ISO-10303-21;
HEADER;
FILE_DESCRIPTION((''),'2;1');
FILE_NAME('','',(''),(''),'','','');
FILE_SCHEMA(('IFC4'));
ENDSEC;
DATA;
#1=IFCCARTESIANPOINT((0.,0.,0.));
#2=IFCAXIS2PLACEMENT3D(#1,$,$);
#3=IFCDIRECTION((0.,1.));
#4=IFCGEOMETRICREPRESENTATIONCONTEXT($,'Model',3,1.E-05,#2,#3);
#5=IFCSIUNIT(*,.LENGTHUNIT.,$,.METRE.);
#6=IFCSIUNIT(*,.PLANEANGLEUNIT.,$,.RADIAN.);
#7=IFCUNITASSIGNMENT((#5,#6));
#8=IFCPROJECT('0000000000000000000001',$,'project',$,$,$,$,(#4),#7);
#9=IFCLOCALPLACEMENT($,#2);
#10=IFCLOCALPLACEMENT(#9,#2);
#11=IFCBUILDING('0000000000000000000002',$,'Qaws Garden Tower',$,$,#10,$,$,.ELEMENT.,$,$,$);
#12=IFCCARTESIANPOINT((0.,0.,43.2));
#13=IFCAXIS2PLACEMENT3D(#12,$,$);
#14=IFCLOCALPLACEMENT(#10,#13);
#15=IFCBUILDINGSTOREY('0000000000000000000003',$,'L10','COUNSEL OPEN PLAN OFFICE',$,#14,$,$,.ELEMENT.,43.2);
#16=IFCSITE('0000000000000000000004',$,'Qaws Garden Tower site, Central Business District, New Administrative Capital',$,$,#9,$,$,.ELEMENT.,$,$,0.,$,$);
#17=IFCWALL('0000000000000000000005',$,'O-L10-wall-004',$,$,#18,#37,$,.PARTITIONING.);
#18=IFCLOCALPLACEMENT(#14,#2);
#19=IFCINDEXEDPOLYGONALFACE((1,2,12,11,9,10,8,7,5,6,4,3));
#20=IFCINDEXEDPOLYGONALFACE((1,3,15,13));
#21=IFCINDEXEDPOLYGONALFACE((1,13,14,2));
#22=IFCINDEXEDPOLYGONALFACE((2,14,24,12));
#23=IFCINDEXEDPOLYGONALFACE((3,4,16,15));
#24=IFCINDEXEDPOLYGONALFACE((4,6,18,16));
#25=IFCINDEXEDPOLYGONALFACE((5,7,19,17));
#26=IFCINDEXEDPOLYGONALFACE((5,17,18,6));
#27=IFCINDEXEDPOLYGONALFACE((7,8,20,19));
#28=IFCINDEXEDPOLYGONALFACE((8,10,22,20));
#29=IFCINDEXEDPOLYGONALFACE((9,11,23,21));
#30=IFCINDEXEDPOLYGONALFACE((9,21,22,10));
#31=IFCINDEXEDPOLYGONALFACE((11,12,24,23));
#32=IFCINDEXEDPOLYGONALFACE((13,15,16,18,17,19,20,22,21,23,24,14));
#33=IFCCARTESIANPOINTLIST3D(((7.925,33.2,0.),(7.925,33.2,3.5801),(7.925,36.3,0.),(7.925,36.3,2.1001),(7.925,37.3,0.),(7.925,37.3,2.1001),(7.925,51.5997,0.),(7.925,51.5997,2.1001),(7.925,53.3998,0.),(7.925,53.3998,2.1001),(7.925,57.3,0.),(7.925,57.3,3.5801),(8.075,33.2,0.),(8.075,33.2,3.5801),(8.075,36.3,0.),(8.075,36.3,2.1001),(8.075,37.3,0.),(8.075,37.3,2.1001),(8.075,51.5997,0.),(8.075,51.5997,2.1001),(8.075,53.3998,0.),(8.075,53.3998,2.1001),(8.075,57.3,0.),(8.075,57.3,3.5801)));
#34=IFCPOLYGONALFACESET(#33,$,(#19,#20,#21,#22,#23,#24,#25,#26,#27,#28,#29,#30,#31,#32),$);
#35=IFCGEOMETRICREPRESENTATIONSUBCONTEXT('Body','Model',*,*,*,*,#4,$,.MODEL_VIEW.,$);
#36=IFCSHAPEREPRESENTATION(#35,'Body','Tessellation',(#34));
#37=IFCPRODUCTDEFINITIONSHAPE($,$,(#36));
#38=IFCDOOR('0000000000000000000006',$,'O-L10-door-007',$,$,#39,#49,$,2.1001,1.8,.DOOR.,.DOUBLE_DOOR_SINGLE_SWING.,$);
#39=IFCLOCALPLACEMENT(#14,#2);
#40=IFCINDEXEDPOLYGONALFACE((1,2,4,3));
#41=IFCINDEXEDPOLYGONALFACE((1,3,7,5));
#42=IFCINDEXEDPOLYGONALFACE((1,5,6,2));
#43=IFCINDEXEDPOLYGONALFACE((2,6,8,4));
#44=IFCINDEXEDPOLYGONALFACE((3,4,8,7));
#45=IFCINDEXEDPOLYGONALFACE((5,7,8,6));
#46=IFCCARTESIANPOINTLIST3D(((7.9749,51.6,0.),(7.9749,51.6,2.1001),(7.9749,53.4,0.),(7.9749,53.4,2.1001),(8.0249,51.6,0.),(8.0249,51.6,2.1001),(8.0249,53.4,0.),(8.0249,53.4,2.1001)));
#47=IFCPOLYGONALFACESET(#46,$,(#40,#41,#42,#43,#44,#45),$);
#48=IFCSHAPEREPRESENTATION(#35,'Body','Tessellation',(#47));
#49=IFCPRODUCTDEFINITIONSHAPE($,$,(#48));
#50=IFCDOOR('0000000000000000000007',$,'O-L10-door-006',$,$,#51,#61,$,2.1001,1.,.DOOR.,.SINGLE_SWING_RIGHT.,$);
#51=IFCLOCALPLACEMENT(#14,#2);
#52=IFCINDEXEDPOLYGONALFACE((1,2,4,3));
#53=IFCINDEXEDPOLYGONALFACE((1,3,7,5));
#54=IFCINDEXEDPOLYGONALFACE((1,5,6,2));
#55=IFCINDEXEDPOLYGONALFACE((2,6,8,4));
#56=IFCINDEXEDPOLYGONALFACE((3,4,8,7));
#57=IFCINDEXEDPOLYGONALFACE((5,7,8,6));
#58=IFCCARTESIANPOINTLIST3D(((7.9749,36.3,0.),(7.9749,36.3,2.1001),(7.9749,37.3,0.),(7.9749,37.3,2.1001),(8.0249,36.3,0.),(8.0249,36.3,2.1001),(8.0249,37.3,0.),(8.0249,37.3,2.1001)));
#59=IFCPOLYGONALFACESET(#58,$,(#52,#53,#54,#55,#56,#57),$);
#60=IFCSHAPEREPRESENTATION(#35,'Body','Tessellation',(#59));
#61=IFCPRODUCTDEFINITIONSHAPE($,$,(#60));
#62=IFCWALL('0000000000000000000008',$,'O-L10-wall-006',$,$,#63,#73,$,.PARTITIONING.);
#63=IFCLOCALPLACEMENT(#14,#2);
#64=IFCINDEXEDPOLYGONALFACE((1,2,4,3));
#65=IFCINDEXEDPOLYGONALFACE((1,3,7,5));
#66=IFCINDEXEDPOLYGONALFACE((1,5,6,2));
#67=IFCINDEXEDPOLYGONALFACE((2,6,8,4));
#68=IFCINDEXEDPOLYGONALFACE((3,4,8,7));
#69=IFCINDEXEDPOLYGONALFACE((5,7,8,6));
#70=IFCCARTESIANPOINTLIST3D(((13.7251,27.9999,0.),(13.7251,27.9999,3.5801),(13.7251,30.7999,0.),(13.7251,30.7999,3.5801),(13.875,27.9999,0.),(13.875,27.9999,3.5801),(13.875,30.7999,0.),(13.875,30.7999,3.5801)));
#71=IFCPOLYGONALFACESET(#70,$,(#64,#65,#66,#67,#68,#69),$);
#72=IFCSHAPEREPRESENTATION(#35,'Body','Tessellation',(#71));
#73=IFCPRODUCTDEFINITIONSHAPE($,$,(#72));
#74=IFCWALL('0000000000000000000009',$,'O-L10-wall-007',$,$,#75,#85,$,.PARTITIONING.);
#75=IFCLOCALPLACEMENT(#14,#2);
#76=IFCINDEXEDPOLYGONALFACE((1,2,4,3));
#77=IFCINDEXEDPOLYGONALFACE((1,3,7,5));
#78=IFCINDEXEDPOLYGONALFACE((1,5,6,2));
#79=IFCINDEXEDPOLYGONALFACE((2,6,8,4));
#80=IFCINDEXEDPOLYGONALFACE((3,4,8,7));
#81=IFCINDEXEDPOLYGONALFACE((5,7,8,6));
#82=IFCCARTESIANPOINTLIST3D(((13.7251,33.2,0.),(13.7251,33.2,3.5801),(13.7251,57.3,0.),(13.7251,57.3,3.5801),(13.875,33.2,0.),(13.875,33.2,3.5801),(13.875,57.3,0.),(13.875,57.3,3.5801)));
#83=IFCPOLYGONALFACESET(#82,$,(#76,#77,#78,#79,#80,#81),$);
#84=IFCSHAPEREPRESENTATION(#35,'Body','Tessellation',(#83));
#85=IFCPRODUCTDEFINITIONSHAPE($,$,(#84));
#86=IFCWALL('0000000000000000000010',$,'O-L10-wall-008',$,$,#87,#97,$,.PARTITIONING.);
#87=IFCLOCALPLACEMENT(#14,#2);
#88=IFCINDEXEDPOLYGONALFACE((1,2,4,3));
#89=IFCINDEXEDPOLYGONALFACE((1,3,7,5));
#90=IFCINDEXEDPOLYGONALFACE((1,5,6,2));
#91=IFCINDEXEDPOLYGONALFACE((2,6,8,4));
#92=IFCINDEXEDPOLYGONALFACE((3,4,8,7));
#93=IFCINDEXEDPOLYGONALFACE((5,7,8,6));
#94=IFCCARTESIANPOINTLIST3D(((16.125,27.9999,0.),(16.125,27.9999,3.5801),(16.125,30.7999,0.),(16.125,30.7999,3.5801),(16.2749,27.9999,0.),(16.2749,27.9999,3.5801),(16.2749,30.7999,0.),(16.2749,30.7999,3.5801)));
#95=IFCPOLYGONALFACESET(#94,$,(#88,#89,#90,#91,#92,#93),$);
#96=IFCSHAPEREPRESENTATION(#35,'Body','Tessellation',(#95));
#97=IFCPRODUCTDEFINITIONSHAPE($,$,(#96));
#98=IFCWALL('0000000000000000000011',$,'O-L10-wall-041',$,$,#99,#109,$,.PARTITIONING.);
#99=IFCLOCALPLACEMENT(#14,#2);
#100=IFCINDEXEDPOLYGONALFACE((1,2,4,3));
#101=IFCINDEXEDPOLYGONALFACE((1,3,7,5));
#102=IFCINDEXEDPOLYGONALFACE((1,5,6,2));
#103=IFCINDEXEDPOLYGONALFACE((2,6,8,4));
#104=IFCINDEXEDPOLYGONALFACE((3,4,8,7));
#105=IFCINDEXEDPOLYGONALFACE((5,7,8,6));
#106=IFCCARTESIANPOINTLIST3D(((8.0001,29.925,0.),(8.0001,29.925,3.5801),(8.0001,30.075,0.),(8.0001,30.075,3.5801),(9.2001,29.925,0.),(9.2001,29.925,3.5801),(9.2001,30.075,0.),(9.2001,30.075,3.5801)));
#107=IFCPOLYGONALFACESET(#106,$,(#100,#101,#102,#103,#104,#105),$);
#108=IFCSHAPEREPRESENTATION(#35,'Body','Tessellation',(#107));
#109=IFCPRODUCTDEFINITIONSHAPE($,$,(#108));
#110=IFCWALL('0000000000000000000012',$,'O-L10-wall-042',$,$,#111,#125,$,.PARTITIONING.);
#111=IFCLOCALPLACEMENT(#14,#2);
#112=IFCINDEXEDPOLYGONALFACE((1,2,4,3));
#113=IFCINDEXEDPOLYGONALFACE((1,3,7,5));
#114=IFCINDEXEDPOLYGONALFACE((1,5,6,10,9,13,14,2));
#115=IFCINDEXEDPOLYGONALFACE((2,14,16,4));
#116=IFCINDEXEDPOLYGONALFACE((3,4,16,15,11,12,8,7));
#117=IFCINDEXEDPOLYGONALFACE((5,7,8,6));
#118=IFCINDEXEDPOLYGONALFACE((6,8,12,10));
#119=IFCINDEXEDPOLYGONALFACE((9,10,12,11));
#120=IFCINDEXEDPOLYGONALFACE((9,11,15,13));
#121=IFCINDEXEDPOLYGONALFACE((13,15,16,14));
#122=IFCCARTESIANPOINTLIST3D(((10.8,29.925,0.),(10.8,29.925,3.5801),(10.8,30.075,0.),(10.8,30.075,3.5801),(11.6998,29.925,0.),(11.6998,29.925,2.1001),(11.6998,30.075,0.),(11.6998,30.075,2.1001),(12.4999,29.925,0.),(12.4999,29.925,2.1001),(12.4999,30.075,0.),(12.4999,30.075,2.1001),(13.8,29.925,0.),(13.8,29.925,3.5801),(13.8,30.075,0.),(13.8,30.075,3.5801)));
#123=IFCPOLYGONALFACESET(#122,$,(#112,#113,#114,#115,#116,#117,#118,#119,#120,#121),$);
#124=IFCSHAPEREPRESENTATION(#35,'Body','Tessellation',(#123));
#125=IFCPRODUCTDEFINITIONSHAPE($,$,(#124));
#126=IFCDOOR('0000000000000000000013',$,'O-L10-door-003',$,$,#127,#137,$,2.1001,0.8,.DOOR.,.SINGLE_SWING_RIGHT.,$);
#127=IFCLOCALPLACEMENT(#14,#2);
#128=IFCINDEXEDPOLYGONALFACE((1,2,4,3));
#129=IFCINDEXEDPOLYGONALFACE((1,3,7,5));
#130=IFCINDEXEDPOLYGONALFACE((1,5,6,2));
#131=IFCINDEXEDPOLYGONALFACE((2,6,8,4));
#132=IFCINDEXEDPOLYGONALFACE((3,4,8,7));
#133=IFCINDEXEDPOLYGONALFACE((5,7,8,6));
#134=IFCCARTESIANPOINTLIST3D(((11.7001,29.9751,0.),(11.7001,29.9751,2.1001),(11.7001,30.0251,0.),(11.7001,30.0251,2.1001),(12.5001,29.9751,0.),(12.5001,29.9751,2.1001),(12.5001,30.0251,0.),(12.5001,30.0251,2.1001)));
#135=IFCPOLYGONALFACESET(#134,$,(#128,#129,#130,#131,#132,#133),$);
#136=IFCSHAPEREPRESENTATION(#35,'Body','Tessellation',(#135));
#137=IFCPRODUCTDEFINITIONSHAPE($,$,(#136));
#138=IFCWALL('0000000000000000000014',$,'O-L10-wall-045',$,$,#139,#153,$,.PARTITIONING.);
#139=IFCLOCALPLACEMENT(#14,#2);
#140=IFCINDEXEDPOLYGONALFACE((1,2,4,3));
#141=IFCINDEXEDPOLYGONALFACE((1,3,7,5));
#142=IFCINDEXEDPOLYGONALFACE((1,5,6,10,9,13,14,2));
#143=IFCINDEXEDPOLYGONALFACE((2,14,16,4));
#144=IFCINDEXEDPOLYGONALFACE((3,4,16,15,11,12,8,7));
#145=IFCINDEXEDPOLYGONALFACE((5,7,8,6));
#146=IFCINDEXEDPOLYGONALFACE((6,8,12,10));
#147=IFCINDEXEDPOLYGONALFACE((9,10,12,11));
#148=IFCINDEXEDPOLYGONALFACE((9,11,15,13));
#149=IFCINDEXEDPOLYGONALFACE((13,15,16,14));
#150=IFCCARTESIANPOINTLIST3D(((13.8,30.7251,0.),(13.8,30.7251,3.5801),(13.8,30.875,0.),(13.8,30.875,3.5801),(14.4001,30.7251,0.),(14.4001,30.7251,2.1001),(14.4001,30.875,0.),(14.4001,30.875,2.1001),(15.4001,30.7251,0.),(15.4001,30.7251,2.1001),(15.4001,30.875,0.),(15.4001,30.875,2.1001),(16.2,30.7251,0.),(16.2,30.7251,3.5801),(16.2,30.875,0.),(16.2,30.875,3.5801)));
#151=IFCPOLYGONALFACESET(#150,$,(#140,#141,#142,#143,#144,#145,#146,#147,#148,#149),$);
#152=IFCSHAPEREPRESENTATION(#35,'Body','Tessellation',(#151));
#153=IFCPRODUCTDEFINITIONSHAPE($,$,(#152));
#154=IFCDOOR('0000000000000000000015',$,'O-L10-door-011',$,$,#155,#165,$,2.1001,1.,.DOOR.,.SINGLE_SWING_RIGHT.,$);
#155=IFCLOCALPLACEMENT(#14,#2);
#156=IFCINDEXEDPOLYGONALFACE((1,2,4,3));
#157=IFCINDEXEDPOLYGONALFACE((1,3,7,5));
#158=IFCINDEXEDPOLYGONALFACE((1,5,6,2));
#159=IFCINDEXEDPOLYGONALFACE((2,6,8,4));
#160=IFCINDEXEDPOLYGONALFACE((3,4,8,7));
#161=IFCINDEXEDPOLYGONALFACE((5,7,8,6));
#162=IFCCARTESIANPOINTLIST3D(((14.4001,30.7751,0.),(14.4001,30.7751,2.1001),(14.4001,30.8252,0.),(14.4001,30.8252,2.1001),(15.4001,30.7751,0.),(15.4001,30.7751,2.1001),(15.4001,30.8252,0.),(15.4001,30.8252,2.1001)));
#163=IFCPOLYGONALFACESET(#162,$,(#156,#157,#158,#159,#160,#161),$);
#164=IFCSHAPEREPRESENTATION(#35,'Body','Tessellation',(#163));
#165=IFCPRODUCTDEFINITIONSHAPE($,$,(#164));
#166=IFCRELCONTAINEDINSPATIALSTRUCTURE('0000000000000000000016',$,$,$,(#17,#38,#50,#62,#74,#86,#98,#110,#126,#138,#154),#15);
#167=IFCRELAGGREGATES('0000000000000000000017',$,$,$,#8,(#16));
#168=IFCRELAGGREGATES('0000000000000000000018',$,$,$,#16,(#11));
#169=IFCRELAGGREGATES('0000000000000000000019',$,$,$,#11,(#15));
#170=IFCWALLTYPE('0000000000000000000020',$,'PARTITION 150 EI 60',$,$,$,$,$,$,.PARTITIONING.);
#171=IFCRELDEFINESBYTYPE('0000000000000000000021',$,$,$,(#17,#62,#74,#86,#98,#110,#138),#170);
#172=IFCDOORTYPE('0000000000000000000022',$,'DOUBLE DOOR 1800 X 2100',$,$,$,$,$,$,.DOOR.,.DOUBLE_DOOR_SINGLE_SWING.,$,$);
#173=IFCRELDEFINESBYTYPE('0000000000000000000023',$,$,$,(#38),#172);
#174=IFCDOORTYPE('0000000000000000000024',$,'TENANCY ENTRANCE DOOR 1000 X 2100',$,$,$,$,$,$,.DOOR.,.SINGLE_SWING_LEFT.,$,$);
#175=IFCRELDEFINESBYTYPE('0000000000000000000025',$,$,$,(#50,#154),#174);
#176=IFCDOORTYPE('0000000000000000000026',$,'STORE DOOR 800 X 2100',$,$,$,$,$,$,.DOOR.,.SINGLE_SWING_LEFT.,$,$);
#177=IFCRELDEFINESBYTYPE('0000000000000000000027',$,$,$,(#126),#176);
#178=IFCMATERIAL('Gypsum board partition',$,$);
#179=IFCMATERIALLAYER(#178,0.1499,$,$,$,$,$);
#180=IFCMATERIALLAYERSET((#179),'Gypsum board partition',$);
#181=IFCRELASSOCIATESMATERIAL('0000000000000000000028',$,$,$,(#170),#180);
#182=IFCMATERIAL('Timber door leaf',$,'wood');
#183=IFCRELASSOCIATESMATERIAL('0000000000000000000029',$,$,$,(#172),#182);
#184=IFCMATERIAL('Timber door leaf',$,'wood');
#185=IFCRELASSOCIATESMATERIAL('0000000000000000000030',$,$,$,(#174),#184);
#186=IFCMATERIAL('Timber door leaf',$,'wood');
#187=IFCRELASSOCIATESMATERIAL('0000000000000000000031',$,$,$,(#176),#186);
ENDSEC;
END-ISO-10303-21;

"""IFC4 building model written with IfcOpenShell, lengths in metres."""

from ifc_helpers import new_model, si_unit, direction, frame, frame_2d, origin, place, context, subcontext, project, spatial, rectangle, extrude, material, layer, layer_set, type_object, element, fill, save


model = new_model("IFC4")

# Units and contexts
model_context = context("Model", 3, precision=1e-05, world=origin(), true_north=direction((0.0, 1.0)))
body_context = subcontext(model_context, "Body", "Model", "MODEL_VIEW")
ifc_project = project(units=[si_unit("LENGTHUNIT", "METRE"), si_unit("PLANEANGLEUNIT", "RADIAN")], contexts=[model_context])

# Site, building, storey
site_placement = place(None, origin())
site = spatial("IfcSite", under=ifc_project, at=site_placement, Name="Qaws Garden Tower site, Central Business District, New Administrative Capital", CompositionType="ELEMENT", RefElevation=0.0)
building_placement = place(site_placement, origin())
building = spatial("IfcBuilding", under=site, at=building_placement, Name="Qaws Garden Tower", CompositionType="ELEMENT")
storey_placement = place(building_placement, frame((0.0, 0.0, 43.2)))
storey = spatial("IfcBuildingStorey", under=building, at=storey_placement, Name="L10", Description="COUNSEL OPEN PLAN OFFICE", CompositionType="ELEMENT", Elevation=43.2)

# Shared definitions
ifc_material_1 = material(Name="Gypsum board partition")
ifc_layer_1 = layer(ifc_material_1, 0.1499)
ifc_layer_set_1 = layer_set([ifc_layer_1], Name="Gypsum board partition")
wall_type_1 = type_object("IfcWallType", Name="PARTITION 150 EI 60", PredefinedType="PARTITIONING", material=ifc_layer_set_1)

# Wall, openings, doors
wall_1_placement = place(storey_placement, frame((8.0, 33.2, 0.0), z_axis=(0.0, 0.0, 1.0), x_axis=(0.0, 1.0, 0.0)))
wall_1 = element("IfcWall", 1, at=wall_1_placement, inside=storey, type_object=wall_type_1, Name="O-L10-wall-004", PredefinedType="PARTITIONING", context=body_context, shape_type="SweptSolid", body=[
    extrude(rectangle(XDim=24.1001, YDim=0.1499, at=frame_2d((12.05, 0.0))), origin(), (0.0, 0.0, 1.0), 3.5801),
])
opening_1_placement = place(wall_1_placement, frame((3.1001, 0.0, 0.0)))
opening_1 = element("IfcOpeningElement", 2, at=opening_1_placement, cuts=wall_1, PredefinedType="OPENING", context=body_context, shape_type="SweptSolid", body=[
    extrude(rectangle(XDim=1.0, YDim=2.1001, at=frame_2d((0.5, 1.05))), frame((0.0, 0.085, 0.0), z_axis=(0.0, -1.0, 0.0), x_axis=(1.0, 0.0, 0.0)), (0.0, 0.0, 1.0), 0.1699),
])
opening_2_placement = place(wall_1_placement, frame((18.3999, 0.0, 0.0)))
opening_2 = element("IfcOpeningElement", 3, at=opening_2_placement, cuts=wall_1, PredefinedType="OPENING", context=body_context, shape_type="SweptSolid", body=[
    extrude(rectangle(XDim=1.8, YDim=2.1001, at=frame_2d((0.8999, 1.05))), frame((0.0, 0.085, 0.0), z_axis=(0.0, -1.0, 0.0), x_axis=(1.0, 0.0, 0.0)), (0.0, 0.0, 1.0), 0.1699),
])
ifc_material_2 = material(Name="Timber door leaf", Category="wood")
door_type_1 = type_object("IfcDoorType", Name="DOUBLE DOOR 1800 X 2100", OperationType="DOUBLE_DOOR_SINGLE_SWING", PredefinedType="DOOR", material=ifc_material_2)
door_1_placement = place(opening_2_placement, frame((1.8, 0.0, 0.0), z_axis=(0.0, 0.0, 1.0), x_axis=(-1.0, 0.0, 0.0)))
door_1 = element("IfcDoor", 4, at=door_1_placement, inside=storey, type_object=door_type_1, Name="O-L10-door-007", OperationType="DOUBLE_DOOR_SINGLE_SWING", OverallHeight=2.1001, OverallWidth=1.8, PredefinedType="DOOR", context=body_context, shape_type="SweptSolid", body=[
    extrude(rectangle(XDim=1.8, YDim=2.1001, at=frame_2d((0.8999, 1.05))), frame((0.0, 0.0249, 0.0), z_axis=(0.0, -1.0, 0.0), x_axis=(1.0, 0.0, 0.0)), (0.0, 0.0, 1.0), 0.05),
])
fill(opening_2, door_1)
ifc_material_3 = material(Name="Timber door leaf", Category="wood")
door_type_2 = type_object("IfcDoorType", Name="TENANCY ENTRANCE DOOR 1000 X 2100", OperationType="SINGLE_SWING_LEFT", PredefinedType="DOOR", material=ifc_material_3)
door_2_placement = place(opening_1_placement, frame((1.0, 0.0, 0.0), z_axis=(0.0, 0.0, 1.0), x_axis=(-1.0, 0.0, 0.0)))
door_2 = element("IfcDoor", 5, at=door_2_placement, inside=storey, type_object=door_type_2, Name="O-L10-door-006", OperationType="SINGLE_SWING_RIGHT", OverallHeight=2.1001, OverallWidth=1.0, PredefinedType="DOOR", context=body_context, shape_type="SweptSolid", body=[
    extrude(rectangle(XDim=1.0, YDim=2.1001, at=frame_2d((0.5, 1.05))), frame((0.0, 0.0249, 0.0), z_axis=(0.0, -1.0, 0.0), x_axis=(1.0, 0.0, 0.0)), (0.0, 0.0, 1.0), 0.05),
])
fill(opening_1, door_2)

# Walls
wall_2_placement = place(storey_placement, frame((13.8, 28.0, 0.0), z_axis=(0.0, 0.0, 1.0), x_axis=(0.0, 1.0, 0.0)))
element("IfcWall", 6, at=wall_2_placement, inside=storey, type_object=wall_type_1, Name="O-L10-wall-006", PredefinedType="PARTITIONING", context=body_context, shape_type="SweptSolid", body=[
    extrude(rectangle(XDim=2.8, YDim=0.1499, at=frame_2d((1.3999, 0.0))), origin(), (0.0, 0.0, 1.0), 3.5801),
])
wall_3_placement = place(storey_placement, frame((13.8, 33.2, 0.0), z_axis=(0.0, 0.0, 1.0), x_axis=(0.0, 1.0, 0.0)))
element("IfcWall", 7, at=wall_3_placement, inside=storey, type_object=wall_type_1, Name="O-L10-wall-007", PredefinedType="PARTITIONING", context=body_context, shape_type="SweptSolid", body=[
    extrude(rectangle(XDim=24.1001, YDim=0.1499, at=frame_2d((12.05, 0.0))), origin(), (0.0, 0.0, 1.0), 3.5801),
])
wall_4_placement = place(storey_placement, frame((16.2, 28.0, 0.0), z_axis=(0.0, 0.0, 1.0), x_axis=(0.0, 1.0, 0.0)))
element("IfcWall", 8, at=wall_4_placement, inside=storey, type_object=wall_type_1, Name="O-L10-wall-008", PredefinedType="PARTITIONING", context=body_context, shape_type="SweptSolid", body=[
    extrude(rectangle(XDim=2.8, YDim=0.1499, at=frame_2d((1.3999, 0.0))), origin(), (0.0, 0.0, 1.0), 3.5801),
])
wall_5_placement = place(storey_placement, frame((8.0, 30.0, 0.0), z_axis=(0.0, 0.0, 1.0), x_axis=(1.0, 0.0, 0.0)))
element("IfcWall", 9, at=wall_5_placement, inside=storey, type_object=wall_type_1, Name="O-L10-wall-041", PredefinedType="PARTITIONING", context=body_context, shape_type="SweptSolid", body=[
    extrude(rectangle(XDim=1.2, YDim=0.1499, at=frame_2d((0.6001, 0.0))), origin(), (0.0, 0.0, 1.0), 3.5801),
])

# Walls, openings, doors
wall_6_placement = place(storey_placement, frame((10.8, 30.0, 0.0), z_axis=(0.0, 0.0, 1.0), x_axis=(1.0, 0.0, 0.0)))
wall_6 = element("IfcWall", 10, at=wall_6_placement, inside=storey, type_object=wall_type_1, Name="O-L10-wall-042", PredefinedType="PARTITIONING", context=body_context, shape_type="SweptSolid", body=[
    extrude(rectangle(XDim=3.0, YDim=0.1499, at=frame_2d((1.5, 0.0))), origin(), (0.0, 0.0, 1.0), 3.5801),
])
opening_3_placement = place(wall_6_placement, frame((0.8999, 0.0, 0.0)))
opening_3 = element("IfcOpeningElement", 11, at=opening_3_placement, cuts=wall_6, PredefinedType="OPENING", context=body_context, shape_type="SweptSolid", body=[
    extrude(rectangle(XDim=0.8, YDim=2.1001, at=frame_2d((0.3999, 1.05))), frame((0.0, 0.085, 0.0), z_axis=(0.0, -1.0, 0.0), x_axis=(1.0, 0.0, 0.0)), (0.0, 0.0, 1.0), 0.1699),
])
ifc_material_4 = material(Name="Timber door leaf", Category="wood")
door_type_3 = type_object("IfcDoorType", Name="STORE DOOR 800 X 2100", OperationType="SINGLE_SWING_LEFT", PredefinedType="DOOR", material=ifc_material_4)
door_3_placement = place(opening_3_placement, frame((0.8, 0.0, 0.0), z_axis=(0.0, 0.0, 1.0), x_axis=(-1.0, 0.0, 0.0)))
door_3 = element("IfcDoor", 12, at=door_3_placement, inside=storey, type_object=door_type_3, Name="O-L10-door-003", OperationType="SINGLE_SWING_RIGHT", OverallHeight=2.1001, OverallWidth=0.8, PredefinedType="DOOR", context=body_context, shape_type="SweptSolid", body=[
    extrude(rectangle(XDim=0.8, YDim=2.1001, at=frame_2d((0.3999, 1.05))), frame((0.0, 0.0249, 0.0), z_axis=(0.0, -1.0, 0.0), x_axis=(1.0, 0.0, 0.0)), (0.0, 0.0, 1.0), 0.05),
])
fill(opening_3, door_3)
wall_7_placement = place(storey_placement, frame((13.8, 30.8, 0.0), z_axis=(0.0, 0.0, 1.0), x_axis=(1.0, 0.0, 0.0)))
wall_7 = element("IfcWall", 13, at=wall_7_placement, inside=storey, type_object=wall_type_1, Name="O-L10-wall-045", PredefinedType="PARTITIONING", context=body_context, shape_type="SweptSolid", body=[
    extrude(rectangle(XDim=2.3999, YDim=0.1499, at=frame_2d((1.2, 0.0))), origin(), (0.0, 0.0, 1.0), 3.5801),
])
opening_4_placement = place(wall_7_placement, frame((0.6001, 0.0, 0.0)))
opening_4 = element("IfcOpeningElement", 14, at=opening_4_placement, cuts=wall_7, PredefinedType="OPENING", context=body_context, shape_type="SweptSolid", body=[
    extrude(rectangle(XDim=1.0, YDim=2.1001, at=frame_2d((0.5, 1.05))), frame((0.0, 0.085, 0.0), z_axis=(0.0, -1.0, 0.0), x_axis=(1.0, 0.0, 0.0)), (0.0, 0.0, 1.0), 0.1699),
])
door_4_placement = place(opening_4_placement, frame((1.0, 0.0, 0.0), z_axis=(0.0, 0.0, 1.0), x_axis=(-1.0, 0.0, 0.0)))
door_4 = element("IfcDoor", 15, at=door_4_placement, inside=storey, type_object=door_type_2, Name="O-L10-door-011", OperationType="SINGLE_SWING_RIGHT", OverallHeight=2.1001, OverallWidth=1.0, PredefinedType="DOOR", context=body_context, shape_type="SweptSolid", body=[
    extrude(rectangle(XDim=1.0, YDim=2.1001, at=frame_2d((0.5, 1.05))), frame((0.0, 0.0249, 0.0), z_axis=(0.0, -1.0, 0.0), x_axis=(1.0, 0.0, 0.0)), (0.0, 0.0, 1.0), 0.05),
])
fill(opening_4, door_4)

save(model, "model.ifc")
